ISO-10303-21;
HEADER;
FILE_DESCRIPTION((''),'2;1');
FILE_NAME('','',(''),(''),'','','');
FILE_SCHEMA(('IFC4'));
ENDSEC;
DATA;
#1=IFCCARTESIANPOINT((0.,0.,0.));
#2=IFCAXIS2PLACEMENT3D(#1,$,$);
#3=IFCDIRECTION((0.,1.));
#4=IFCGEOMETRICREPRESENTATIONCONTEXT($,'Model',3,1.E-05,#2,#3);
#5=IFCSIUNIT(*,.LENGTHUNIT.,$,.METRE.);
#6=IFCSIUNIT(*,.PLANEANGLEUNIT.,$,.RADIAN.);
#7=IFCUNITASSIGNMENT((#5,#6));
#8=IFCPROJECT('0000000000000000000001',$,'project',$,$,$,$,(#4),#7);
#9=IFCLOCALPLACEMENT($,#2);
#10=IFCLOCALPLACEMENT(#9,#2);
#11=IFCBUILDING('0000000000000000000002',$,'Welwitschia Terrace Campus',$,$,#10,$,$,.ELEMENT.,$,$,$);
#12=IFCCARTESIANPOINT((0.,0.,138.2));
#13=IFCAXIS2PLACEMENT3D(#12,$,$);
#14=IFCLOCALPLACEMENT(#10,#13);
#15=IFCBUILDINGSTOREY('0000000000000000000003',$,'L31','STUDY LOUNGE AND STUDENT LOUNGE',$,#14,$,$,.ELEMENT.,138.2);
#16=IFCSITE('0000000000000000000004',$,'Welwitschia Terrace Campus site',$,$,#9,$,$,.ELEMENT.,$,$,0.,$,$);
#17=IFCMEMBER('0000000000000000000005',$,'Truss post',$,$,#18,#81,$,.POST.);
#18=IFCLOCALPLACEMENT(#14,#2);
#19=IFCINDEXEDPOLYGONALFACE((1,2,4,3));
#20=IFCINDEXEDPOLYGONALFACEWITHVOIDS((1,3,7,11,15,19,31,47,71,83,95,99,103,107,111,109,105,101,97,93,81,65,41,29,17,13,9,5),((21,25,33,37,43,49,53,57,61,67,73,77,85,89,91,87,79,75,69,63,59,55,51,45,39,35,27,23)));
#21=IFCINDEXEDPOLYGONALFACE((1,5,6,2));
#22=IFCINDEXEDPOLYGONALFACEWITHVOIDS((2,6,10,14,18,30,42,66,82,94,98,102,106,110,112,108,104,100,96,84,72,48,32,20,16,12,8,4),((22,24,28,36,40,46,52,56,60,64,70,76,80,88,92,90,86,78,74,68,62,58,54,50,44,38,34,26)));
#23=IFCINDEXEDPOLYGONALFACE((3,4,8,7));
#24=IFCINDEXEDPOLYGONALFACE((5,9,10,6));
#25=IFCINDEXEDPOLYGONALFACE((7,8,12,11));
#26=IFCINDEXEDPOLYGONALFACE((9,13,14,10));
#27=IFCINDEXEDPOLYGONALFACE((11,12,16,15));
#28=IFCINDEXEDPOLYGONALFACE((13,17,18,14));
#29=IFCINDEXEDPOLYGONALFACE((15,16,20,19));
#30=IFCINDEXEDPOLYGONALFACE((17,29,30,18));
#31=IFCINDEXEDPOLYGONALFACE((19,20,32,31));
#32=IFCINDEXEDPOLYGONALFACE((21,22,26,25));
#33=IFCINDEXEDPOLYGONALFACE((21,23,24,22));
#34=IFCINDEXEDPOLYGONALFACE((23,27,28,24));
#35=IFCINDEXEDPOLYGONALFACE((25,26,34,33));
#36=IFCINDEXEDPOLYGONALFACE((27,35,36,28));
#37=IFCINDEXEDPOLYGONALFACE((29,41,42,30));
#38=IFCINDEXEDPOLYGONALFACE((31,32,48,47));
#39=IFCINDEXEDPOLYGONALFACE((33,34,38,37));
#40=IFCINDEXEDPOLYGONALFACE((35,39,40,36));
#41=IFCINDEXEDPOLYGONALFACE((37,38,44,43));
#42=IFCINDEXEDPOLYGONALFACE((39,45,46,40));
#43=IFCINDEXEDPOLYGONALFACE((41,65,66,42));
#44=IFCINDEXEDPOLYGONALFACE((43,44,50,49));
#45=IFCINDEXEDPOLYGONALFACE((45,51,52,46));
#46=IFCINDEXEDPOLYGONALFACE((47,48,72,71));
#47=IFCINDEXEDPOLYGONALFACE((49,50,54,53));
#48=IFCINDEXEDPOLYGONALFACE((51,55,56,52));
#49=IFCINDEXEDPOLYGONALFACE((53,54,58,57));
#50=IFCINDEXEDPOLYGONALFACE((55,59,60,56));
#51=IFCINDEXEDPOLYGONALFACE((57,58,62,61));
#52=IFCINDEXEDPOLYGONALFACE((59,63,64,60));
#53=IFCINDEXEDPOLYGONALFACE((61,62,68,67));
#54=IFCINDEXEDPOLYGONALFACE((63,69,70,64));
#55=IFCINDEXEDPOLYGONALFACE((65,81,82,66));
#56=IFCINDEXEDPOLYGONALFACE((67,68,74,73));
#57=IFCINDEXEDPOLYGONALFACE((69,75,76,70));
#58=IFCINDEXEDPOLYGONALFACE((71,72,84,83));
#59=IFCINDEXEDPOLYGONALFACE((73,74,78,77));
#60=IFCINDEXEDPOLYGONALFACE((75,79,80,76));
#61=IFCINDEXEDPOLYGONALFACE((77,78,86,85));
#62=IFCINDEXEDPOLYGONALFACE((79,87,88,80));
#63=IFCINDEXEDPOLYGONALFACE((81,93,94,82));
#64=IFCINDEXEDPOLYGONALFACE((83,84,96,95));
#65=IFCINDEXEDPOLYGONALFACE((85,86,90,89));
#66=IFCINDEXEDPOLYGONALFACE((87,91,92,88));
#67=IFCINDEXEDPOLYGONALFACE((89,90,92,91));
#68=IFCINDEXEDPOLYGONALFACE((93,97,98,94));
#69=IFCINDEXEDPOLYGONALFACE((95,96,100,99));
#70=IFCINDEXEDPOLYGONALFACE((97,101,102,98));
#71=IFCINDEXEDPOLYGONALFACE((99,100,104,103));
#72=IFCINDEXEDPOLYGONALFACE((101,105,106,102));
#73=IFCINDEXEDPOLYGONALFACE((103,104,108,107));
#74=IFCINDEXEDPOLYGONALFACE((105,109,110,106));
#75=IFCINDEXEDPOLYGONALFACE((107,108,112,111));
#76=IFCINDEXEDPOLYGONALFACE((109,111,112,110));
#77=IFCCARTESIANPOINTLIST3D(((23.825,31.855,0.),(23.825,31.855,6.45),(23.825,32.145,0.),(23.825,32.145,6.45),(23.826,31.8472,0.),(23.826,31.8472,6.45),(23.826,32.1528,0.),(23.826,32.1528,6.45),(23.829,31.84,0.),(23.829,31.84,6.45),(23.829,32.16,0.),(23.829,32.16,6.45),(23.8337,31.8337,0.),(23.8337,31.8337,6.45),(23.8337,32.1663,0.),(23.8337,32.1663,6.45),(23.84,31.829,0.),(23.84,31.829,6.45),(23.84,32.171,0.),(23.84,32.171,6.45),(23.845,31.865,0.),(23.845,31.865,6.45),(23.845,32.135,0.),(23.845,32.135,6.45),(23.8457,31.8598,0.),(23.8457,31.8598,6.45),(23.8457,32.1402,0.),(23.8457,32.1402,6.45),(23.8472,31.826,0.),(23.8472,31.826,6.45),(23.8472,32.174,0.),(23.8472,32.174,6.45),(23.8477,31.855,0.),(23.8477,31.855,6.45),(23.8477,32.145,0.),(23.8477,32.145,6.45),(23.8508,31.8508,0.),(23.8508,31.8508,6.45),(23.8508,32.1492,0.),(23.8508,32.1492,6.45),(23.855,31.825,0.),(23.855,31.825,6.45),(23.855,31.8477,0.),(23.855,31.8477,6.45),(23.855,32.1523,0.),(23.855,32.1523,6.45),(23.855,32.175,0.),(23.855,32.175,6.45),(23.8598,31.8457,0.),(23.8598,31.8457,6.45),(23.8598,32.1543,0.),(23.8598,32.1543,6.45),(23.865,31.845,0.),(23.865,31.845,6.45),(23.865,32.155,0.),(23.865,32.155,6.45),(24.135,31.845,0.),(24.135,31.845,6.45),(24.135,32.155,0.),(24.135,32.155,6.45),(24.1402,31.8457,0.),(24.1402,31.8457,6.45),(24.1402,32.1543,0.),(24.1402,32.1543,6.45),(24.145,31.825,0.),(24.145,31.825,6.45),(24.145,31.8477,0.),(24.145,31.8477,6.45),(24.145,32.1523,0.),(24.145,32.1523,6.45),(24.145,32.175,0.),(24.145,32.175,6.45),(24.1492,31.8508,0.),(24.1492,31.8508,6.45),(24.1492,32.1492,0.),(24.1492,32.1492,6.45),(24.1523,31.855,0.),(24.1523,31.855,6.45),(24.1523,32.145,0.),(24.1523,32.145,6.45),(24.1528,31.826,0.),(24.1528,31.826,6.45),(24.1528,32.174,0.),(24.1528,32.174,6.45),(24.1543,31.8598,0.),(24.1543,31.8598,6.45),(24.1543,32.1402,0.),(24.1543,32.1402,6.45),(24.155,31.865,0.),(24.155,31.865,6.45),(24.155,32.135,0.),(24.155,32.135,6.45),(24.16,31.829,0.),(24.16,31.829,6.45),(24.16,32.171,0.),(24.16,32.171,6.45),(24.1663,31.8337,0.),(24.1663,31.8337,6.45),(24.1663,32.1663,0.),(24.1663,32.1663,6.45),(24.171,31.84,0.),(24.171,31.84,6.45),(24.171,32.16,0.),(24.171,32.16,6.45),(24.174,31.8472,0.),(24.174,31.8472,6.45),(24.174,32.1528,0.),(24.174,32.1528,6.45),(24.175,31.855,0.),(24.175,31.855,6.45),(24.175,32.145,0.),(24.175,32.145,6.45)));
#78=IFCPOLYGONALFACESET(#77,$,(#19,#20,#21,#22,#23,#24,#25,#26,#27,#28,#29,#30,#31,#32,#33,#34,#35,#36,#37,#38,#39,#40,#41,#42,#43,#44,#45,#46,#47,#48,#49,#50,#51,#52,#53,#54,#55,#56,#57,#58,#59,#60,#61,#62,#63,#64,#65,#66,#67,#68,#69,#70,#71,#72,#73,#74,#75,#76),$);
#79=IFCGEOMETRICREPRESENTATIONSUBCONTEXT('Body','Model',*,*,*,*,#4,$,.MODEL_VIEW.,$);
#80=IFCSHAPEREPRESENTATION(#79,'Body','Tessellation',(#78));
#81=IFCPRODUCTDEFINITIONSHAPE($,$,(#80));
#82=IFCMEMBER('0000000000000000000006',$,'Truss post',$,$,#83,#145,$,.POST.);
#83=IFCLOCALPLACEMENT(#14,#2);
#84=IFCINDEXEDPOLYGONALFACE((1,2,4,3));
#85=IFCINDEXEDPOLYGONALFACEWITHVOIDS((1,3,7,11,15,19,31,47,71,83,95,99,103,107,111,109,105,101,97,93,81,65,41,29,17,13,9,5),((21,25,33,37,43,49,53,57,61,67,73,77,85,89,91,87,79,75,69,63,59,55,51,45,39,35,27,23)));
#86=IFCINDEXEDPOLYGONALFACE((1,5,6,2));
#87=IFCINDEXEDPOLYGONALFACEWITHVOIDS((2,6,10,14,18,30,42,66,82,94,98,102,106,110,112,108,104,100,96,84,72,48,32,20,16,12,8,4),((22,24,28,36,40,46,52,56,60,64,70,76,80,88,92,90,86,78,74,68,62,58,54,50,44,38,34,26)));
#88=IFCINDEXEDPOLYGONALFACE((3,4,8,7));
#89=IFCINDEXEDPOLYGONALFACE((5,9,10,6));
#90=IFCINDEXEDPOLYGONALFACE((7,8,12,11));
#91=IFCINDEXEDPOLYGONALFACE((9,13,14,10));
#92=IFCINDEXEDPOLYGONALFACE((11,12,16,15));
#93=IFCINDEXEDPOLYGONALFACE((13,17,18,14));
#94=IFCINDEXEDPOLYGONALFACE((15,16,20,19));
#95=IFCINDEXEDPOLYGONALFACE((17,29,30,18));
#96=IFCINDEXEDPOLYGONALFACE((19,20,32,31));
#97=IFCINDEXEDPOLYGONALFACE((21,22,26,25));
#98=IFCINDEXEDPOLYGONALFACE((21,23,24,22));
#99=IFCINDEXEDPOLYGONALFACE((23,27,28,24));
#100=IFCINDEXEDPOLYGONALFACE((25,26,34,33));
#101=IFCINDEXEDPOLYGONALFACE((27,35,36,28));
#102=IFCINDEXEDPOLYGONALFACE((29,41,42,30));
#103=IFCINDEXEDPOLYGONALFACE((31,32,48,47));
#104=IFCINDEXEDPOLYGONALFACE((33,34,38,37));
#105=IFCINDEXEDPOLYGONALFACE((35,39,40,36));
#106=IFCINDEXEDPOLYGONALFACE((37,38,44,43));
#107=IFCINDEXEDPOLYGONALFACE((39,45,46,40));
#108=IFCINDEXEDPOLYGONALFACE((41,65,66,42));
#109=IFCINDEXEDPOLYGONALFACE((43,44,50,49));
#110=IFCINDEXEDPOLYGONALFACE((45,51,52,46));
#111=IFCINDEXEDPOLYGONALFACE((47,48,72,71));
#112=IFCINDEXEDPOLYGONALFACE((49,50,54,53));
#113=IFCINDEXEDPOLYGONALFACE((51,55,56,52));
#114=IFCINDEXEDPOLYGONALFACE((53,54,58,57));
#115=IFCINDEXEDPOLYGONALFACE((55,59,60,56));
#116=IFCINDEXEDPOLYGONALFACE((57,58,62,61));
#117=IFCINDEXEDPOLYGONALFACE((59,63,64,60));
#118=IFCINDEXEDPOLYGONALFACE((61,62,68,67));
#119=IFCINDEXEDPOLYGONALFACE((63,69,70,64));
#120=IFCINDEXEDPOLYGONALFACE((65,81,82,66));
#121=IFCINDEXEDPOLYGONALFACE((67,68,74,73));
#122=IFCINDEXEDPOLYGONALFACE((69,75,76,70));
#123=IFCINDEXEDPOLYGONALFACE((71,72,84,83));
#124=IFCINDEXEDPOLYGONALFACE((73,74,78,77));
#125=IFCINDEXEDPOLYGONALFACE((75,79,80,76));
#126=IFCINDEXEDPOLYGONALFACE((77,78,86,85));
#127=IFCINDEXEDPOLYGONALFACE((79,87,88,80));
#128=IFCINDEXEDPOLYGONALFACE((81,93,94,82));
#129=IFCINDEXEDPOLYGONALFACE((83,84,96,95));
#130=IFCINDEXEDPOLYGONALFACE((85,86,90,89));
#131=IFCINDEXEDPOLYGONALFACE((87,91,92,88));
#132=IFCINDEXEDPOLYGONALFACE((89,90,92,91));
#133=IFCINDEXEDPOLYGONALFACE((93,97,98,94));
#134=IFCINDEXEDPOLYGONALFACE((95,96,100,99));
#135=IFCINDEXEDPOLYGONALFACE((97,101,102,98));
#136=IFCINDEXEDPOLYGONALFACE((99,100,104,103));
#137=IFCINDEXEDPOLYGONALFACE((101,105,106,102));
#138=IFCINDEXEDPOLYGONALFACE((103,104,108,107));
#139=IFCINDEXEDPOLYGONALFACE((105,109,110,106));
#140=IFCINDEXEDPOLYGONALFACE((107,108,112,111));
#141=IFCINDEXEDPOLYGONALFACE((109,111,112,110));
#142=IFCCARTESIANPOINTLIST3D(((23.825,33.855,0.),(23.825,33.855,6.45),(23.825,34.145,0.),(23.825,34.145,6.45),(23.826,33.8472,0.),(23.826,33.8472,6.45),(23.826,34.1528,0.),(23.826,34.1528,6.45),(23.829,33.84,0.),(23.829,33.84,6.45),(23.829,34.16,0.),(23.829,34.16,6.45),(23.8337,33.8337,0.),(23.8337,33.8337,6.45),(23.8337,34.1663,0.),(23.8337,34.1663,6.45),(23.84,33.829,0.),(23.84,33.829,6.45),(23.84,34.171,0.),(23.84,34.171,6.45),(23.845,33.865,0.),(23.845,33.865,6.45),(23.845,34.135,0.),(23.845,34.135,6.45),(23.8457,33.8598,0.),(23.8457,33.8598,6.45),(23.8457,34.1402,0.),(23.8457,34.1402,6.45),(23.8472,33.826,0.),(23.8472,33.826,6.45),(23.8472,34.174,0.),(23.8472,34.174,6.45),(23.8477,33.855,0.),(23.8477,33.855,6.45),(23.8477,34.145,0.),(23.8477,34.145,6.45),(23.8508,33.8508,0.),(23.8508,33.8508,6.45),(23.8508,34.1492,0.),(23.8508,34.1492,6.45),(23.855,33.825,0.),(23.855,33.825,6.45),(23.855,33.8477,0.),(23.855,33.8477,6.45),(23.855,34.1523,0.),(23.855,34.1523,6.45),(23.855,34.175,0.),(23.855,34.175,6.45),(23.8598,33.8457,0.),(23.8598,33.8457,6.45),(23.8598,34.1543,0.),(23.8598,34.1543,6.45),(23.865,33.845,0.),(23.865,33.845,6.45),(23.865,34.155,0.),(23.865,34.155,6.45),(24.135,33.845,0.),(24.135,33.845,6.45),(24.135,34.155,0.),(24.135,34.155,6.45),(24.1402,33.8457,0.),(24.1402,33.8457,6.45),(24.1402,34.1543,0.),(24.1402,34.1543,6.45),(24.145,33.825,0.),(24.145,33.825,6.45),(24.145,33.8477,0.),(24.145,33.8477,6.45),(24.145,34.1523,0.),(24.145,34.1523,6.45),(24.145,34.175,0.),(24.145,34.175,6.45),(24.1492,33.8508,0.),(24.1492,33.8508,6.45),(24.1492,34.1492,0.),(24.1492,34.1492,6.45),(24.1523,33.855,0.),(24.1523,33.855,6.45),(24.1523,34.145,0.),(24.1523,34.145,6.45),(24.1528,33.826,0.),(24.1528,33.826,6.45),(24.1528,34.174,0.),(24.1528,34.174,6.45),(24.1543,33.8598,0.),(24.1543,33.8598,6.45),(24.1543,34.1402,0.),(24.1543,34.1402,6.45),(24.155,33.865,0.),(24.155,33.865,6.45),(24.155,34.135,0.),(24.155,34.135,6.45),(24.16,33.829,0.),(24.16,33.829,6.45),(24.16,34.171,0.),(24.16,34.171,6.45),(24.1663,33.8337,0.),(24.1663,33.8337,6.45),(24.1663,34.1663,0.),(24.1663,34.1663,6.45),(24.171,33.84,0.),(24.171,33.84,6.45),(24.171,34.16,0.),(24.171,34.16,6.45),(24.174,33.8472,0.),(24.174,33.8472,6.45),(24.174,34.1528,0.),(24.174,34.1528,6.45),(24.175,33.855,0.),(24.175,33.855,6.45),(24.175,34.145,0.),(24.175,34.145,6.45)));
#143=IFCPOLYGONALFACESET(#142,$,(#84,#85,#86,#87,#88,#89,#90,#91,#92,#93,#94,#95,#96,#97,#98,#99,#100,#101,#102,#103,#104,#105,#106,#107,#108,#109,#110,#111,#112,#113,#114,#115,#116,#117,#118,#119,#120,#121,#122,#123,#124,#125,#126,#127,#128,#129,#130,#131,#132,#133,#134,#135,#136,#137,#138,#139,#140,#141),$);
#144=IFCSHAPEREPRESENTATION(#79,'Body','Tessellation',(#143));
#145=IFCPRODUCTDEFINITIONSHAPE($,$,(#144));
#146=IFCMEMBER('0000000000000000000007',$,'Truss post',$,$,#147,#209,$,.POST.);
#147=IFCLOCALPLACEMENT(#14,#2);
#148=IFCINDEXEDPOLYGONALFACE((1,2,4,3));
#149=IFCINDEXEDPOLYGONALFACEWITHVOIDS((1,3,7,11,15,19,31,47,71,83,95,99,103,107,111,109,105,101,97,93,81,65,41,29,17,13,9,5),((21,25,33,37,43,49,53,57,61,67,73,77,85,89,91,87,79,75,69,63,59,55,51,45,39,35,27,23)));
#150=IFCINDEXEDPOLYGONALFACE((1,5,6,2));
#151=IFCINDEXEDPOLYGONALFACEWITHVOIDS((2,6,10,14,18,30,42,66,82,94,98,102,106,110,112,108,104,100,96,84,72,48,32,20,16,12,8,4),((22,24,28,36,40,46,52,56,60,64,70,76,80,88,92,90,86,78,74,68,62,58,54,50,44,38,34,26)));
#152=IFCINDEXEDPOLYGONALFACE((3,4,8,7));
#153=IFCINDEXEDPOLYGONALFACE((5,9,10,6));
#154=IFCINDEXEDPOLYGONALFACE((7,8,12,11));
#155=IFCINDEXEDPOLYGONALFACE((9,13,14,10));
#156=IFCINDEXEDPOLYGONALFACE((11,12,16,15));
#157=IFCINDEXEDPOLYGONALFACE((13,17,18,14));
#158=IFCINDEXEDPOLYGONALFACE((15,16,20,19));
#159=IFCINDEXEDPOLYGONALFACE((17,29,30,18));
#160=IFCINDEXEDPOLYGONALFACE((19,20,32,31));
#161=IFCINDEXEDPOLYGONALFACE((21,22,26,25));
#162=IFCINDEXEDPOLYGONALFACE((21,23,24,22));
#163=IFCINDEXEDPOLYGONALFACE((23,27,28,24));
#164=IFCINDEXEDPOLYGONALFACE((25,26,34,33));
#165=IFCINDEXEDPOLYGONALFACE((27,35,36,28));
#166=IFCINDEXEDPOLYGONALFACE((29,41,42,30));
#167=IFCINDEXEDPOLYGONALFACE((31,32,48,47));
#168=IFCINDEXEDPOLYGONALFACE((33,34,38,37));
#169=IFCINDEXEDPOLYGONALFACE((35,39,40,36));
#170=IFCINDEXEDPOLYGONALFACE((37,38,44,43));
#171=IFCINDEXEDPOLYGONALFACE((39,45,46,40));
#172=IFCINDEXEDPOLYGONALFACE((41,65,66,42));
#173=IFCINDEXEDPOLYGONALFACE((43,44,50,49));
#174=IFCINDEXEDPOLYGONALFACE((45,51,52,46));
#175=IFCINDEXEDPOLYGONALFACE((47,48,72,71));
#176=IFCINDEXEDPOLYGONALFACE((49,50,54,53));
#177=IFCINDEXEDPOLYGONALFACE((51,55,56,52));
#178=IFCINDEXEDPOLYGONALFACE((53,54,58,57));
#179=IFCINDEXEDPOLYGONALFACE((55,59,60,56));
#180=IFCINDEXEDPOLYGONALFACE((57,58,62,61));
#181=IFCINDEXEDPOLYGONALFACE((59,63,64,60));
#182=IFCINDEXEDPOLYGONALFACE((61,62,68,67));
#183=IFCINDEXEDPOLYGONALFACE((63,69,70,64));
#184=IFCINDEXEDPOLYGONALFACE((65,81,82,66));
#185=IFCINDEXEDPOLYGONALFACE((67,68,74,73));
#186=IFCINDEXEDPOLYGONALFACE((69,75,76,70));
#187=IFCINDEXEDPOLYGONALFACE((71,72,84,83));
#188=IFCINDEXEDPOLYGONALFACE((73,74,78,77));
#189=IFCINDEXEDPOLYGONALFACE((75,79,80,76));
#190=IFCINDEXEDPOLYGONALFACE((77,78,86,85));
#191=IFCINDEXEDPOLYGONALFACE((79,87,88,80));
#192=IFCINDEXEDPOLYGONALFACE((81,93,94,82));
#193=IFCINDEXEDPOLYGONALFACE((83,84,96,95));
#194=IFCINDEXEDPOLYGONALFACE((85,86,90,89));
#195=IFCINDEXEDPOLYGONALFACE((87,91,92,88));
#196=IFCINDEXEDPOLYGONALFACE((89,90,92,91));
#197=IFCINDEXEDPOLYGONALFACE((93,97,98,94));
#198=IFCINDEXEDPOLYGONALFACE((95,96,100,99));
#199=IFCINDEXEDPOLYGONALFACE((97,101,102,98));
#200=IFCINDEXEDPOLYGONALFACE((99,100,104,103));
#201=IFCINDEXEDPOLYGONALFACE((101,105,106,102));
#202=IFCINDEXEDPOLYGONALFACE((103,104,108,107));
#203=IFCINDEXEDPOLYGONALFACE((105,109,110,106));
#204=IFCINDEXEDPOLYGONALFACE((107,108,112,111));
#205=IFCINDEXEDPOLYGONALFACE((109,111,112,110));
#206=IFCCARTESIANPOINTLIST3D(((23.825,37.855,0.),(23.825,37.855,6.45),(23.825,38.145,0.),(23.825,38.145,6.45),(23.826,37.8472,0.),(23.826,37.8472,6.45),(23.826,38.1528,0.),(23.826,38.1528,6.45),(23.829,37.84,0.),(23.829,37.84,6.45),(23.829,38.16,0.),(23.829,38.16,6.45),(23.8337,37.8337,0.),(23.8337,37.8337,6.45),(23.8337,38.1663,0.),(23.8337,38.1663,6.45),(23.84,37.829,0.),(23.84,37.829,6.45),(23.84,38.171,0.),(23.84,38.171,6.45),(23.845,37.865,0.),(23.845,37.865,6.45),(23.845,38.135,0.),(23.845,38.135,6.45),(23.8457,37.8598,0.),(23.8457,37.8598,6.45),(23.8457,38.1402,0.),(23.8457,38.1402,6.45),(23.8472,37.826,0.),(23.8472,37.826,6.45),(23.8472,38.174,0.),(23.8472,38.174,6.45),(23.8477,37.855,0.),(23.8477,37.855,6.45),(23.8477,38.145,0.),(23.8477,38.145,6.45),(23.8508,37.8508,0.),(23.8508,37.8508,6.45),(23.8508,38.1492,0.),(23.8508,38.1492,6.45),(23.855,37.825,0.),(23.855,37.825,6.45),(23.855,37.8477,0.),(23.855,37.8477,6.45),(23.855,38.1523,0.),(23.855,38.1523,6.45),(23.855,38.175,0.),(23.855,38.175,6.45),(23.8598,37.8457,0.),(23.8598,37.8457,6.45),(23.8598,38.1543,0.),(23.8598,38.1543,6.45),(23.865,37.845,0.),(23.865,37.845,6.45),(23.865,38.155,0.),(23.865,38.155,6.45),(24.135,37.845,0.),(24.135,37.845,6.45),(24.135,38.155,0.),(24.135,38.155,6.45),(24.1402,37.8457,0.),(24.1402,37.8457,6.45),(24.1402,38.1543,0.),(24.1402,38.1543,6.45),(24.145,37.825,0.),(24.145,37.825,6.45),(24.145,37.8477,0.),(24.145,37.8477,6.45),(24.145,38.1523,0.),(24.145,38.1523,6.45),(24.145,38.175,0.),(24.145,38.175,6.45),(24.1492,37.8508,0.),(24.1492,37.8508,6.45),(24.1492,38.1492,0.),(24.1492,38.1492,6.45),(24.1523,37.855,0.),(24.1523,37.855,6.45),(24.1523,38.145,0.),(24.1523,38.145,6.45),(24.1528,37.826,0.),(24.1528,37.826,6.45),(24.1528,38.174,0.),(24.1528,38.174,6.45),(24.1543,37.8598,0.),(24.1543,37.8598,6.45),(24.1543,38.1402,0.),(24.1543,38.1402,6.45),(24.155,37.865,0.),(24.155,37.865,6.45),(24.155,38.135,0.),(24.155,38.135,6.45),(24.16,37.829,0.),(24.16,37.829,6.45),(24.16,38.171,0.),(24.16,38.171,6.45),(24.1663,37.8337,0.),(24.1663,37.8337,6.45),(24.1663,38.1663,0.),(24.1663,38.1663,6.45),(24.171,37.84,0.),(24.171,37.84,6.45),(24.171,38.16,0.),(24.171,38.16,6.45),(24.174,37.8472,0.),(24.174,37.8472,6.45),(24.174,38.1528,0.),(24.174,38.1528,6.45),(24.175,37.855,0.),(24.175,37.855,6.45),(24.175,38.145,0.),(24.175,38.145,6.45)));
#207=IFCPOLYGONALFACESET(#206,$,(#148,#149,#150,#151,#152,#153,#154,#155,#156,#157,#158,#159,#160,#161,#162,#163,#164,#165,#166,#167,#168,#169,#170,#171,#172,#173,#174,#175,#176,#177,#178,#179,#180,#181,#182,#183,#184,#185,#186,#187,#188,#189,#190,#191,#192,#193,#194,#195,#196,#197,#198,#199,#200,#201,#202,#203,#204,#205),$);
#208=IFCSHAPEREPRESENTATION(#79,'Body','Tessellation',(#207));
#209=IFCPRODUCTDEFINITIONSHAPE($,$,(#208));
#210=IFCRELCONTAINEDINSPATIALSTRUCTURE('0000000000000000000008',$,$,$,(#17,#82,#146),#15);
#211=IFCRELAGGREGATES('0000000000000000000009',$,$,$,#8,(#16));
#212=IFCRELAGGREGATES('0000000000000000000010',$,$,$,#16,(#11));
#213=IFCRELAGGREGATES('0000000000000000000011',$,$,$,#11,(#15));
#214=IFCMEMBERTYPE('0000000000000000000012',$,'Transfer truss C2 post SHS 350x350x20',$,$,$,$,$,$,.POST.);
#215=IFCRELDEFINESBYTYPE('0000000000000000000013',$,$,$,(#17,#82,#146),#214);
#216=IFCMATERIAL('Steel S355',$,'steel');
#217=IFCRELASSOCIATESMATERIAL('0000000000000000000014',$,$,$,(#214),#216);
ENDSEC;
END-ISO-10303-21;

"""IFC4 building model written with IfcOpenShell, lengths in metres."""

from ifc_helpers import new_model, si_unit, direction, frame, origin, origin_2d, place, context, subcontext, project, spatial, hollow_rectangle, extrude, material, material_profile, profile_set, type_object, element, save


model = new_model("IFC4")

# Units and contexts
model_context = context("Model", 3, precision=1e-05, world=origin(), true_north=direction((0.0, 1.0)))
body_context = subcontext(model_context, "Body", "Model", "MODEL_VIEW")
ifc_project = project(units=[si_unit("LENGTHUNIT", "METRE"), si_unit("PLANEANGLEUNIT", "RADIAN")], contexts=[model_context])

# Site, building, storey
site_placement = place(None, origin())
site = spatial("IfcSite", under=ifc_project, at=site_placement, Name="Welwitschia Terrace Campus site", CompositionType="ELEMENT", RefElevation=0.0)
building_placement = place(site_placement, origin())
building = spatial("IfcBuilding", under=site, at=building_placement, Name="Welwitschia Terrace Campus", CompositionType="ELEMENT")
storey_placement = place(building_placement, frame((0.0, 0.0, 138.2)))
storey = spatial("IfcBuildingStorey", under=building, at=storey_placement, Name="L31", Description="STUDY LOUNGE AND STUDENT LOUNGE", CompositionType="ELEMENT", Elevation=138.2)

# Members
ifc_material_1 = material(Name="Steel S355", Category="steel")
ifc_material_profile_1 = material_profile(ifc_material_1, hollow_rectangle(XDim=0.3501, YDim=0.3501, WallThickness=0.02, InnerFilletRadius=0.02, OuterFilletRadius=0.03, at=origin_2d()))
ifc_profile_set_1 = profile_set([ifc_material_profile_1], Name="Steel S355")
member_type_1 = type_object("IfcMemberType", Name="Transfer truss C2 post SHS 350x350x20", PredefinedType="POST", material=ifc_profile_set_1)
for number, where, z_axis, x_axis, name in (
    (1, (24.0, 32.0, 0.0), (0.0, 0.0, 1.0), (1.0, 0.0, 0.0), "Truss post"),
    (2, (24.0, 34.0, 0.0), (0.0, 0.0, 1.0), (1.0, 0.0, 0.0), "Truss post"),
    (3, (24.0, 38.0, 0.0), (0.0, 0.0, 1.0), (1.0, 0.0, 0.0), "Truss post"),
):
    element("IfcMember", number, at=place(storey_placement, frame(where, z_axis=z_axis, x_axis=x_axis)), inside=storey, type_object=member_type_1, Name=name, PredefinedType="POST", context=body_context, shape_type="SweptSolid", body=[
        extrude(hollow_rectangle(XDim=0.3501, YDim=0.3501, WallThickness=0.02, InnerFilletRadius=0.02, OuterFilletRadius=0.03, at=origin_2d()), origin(), (0.0, 0.0, 1.0), 6.45),
    ])

save(model, "model.ifc")
